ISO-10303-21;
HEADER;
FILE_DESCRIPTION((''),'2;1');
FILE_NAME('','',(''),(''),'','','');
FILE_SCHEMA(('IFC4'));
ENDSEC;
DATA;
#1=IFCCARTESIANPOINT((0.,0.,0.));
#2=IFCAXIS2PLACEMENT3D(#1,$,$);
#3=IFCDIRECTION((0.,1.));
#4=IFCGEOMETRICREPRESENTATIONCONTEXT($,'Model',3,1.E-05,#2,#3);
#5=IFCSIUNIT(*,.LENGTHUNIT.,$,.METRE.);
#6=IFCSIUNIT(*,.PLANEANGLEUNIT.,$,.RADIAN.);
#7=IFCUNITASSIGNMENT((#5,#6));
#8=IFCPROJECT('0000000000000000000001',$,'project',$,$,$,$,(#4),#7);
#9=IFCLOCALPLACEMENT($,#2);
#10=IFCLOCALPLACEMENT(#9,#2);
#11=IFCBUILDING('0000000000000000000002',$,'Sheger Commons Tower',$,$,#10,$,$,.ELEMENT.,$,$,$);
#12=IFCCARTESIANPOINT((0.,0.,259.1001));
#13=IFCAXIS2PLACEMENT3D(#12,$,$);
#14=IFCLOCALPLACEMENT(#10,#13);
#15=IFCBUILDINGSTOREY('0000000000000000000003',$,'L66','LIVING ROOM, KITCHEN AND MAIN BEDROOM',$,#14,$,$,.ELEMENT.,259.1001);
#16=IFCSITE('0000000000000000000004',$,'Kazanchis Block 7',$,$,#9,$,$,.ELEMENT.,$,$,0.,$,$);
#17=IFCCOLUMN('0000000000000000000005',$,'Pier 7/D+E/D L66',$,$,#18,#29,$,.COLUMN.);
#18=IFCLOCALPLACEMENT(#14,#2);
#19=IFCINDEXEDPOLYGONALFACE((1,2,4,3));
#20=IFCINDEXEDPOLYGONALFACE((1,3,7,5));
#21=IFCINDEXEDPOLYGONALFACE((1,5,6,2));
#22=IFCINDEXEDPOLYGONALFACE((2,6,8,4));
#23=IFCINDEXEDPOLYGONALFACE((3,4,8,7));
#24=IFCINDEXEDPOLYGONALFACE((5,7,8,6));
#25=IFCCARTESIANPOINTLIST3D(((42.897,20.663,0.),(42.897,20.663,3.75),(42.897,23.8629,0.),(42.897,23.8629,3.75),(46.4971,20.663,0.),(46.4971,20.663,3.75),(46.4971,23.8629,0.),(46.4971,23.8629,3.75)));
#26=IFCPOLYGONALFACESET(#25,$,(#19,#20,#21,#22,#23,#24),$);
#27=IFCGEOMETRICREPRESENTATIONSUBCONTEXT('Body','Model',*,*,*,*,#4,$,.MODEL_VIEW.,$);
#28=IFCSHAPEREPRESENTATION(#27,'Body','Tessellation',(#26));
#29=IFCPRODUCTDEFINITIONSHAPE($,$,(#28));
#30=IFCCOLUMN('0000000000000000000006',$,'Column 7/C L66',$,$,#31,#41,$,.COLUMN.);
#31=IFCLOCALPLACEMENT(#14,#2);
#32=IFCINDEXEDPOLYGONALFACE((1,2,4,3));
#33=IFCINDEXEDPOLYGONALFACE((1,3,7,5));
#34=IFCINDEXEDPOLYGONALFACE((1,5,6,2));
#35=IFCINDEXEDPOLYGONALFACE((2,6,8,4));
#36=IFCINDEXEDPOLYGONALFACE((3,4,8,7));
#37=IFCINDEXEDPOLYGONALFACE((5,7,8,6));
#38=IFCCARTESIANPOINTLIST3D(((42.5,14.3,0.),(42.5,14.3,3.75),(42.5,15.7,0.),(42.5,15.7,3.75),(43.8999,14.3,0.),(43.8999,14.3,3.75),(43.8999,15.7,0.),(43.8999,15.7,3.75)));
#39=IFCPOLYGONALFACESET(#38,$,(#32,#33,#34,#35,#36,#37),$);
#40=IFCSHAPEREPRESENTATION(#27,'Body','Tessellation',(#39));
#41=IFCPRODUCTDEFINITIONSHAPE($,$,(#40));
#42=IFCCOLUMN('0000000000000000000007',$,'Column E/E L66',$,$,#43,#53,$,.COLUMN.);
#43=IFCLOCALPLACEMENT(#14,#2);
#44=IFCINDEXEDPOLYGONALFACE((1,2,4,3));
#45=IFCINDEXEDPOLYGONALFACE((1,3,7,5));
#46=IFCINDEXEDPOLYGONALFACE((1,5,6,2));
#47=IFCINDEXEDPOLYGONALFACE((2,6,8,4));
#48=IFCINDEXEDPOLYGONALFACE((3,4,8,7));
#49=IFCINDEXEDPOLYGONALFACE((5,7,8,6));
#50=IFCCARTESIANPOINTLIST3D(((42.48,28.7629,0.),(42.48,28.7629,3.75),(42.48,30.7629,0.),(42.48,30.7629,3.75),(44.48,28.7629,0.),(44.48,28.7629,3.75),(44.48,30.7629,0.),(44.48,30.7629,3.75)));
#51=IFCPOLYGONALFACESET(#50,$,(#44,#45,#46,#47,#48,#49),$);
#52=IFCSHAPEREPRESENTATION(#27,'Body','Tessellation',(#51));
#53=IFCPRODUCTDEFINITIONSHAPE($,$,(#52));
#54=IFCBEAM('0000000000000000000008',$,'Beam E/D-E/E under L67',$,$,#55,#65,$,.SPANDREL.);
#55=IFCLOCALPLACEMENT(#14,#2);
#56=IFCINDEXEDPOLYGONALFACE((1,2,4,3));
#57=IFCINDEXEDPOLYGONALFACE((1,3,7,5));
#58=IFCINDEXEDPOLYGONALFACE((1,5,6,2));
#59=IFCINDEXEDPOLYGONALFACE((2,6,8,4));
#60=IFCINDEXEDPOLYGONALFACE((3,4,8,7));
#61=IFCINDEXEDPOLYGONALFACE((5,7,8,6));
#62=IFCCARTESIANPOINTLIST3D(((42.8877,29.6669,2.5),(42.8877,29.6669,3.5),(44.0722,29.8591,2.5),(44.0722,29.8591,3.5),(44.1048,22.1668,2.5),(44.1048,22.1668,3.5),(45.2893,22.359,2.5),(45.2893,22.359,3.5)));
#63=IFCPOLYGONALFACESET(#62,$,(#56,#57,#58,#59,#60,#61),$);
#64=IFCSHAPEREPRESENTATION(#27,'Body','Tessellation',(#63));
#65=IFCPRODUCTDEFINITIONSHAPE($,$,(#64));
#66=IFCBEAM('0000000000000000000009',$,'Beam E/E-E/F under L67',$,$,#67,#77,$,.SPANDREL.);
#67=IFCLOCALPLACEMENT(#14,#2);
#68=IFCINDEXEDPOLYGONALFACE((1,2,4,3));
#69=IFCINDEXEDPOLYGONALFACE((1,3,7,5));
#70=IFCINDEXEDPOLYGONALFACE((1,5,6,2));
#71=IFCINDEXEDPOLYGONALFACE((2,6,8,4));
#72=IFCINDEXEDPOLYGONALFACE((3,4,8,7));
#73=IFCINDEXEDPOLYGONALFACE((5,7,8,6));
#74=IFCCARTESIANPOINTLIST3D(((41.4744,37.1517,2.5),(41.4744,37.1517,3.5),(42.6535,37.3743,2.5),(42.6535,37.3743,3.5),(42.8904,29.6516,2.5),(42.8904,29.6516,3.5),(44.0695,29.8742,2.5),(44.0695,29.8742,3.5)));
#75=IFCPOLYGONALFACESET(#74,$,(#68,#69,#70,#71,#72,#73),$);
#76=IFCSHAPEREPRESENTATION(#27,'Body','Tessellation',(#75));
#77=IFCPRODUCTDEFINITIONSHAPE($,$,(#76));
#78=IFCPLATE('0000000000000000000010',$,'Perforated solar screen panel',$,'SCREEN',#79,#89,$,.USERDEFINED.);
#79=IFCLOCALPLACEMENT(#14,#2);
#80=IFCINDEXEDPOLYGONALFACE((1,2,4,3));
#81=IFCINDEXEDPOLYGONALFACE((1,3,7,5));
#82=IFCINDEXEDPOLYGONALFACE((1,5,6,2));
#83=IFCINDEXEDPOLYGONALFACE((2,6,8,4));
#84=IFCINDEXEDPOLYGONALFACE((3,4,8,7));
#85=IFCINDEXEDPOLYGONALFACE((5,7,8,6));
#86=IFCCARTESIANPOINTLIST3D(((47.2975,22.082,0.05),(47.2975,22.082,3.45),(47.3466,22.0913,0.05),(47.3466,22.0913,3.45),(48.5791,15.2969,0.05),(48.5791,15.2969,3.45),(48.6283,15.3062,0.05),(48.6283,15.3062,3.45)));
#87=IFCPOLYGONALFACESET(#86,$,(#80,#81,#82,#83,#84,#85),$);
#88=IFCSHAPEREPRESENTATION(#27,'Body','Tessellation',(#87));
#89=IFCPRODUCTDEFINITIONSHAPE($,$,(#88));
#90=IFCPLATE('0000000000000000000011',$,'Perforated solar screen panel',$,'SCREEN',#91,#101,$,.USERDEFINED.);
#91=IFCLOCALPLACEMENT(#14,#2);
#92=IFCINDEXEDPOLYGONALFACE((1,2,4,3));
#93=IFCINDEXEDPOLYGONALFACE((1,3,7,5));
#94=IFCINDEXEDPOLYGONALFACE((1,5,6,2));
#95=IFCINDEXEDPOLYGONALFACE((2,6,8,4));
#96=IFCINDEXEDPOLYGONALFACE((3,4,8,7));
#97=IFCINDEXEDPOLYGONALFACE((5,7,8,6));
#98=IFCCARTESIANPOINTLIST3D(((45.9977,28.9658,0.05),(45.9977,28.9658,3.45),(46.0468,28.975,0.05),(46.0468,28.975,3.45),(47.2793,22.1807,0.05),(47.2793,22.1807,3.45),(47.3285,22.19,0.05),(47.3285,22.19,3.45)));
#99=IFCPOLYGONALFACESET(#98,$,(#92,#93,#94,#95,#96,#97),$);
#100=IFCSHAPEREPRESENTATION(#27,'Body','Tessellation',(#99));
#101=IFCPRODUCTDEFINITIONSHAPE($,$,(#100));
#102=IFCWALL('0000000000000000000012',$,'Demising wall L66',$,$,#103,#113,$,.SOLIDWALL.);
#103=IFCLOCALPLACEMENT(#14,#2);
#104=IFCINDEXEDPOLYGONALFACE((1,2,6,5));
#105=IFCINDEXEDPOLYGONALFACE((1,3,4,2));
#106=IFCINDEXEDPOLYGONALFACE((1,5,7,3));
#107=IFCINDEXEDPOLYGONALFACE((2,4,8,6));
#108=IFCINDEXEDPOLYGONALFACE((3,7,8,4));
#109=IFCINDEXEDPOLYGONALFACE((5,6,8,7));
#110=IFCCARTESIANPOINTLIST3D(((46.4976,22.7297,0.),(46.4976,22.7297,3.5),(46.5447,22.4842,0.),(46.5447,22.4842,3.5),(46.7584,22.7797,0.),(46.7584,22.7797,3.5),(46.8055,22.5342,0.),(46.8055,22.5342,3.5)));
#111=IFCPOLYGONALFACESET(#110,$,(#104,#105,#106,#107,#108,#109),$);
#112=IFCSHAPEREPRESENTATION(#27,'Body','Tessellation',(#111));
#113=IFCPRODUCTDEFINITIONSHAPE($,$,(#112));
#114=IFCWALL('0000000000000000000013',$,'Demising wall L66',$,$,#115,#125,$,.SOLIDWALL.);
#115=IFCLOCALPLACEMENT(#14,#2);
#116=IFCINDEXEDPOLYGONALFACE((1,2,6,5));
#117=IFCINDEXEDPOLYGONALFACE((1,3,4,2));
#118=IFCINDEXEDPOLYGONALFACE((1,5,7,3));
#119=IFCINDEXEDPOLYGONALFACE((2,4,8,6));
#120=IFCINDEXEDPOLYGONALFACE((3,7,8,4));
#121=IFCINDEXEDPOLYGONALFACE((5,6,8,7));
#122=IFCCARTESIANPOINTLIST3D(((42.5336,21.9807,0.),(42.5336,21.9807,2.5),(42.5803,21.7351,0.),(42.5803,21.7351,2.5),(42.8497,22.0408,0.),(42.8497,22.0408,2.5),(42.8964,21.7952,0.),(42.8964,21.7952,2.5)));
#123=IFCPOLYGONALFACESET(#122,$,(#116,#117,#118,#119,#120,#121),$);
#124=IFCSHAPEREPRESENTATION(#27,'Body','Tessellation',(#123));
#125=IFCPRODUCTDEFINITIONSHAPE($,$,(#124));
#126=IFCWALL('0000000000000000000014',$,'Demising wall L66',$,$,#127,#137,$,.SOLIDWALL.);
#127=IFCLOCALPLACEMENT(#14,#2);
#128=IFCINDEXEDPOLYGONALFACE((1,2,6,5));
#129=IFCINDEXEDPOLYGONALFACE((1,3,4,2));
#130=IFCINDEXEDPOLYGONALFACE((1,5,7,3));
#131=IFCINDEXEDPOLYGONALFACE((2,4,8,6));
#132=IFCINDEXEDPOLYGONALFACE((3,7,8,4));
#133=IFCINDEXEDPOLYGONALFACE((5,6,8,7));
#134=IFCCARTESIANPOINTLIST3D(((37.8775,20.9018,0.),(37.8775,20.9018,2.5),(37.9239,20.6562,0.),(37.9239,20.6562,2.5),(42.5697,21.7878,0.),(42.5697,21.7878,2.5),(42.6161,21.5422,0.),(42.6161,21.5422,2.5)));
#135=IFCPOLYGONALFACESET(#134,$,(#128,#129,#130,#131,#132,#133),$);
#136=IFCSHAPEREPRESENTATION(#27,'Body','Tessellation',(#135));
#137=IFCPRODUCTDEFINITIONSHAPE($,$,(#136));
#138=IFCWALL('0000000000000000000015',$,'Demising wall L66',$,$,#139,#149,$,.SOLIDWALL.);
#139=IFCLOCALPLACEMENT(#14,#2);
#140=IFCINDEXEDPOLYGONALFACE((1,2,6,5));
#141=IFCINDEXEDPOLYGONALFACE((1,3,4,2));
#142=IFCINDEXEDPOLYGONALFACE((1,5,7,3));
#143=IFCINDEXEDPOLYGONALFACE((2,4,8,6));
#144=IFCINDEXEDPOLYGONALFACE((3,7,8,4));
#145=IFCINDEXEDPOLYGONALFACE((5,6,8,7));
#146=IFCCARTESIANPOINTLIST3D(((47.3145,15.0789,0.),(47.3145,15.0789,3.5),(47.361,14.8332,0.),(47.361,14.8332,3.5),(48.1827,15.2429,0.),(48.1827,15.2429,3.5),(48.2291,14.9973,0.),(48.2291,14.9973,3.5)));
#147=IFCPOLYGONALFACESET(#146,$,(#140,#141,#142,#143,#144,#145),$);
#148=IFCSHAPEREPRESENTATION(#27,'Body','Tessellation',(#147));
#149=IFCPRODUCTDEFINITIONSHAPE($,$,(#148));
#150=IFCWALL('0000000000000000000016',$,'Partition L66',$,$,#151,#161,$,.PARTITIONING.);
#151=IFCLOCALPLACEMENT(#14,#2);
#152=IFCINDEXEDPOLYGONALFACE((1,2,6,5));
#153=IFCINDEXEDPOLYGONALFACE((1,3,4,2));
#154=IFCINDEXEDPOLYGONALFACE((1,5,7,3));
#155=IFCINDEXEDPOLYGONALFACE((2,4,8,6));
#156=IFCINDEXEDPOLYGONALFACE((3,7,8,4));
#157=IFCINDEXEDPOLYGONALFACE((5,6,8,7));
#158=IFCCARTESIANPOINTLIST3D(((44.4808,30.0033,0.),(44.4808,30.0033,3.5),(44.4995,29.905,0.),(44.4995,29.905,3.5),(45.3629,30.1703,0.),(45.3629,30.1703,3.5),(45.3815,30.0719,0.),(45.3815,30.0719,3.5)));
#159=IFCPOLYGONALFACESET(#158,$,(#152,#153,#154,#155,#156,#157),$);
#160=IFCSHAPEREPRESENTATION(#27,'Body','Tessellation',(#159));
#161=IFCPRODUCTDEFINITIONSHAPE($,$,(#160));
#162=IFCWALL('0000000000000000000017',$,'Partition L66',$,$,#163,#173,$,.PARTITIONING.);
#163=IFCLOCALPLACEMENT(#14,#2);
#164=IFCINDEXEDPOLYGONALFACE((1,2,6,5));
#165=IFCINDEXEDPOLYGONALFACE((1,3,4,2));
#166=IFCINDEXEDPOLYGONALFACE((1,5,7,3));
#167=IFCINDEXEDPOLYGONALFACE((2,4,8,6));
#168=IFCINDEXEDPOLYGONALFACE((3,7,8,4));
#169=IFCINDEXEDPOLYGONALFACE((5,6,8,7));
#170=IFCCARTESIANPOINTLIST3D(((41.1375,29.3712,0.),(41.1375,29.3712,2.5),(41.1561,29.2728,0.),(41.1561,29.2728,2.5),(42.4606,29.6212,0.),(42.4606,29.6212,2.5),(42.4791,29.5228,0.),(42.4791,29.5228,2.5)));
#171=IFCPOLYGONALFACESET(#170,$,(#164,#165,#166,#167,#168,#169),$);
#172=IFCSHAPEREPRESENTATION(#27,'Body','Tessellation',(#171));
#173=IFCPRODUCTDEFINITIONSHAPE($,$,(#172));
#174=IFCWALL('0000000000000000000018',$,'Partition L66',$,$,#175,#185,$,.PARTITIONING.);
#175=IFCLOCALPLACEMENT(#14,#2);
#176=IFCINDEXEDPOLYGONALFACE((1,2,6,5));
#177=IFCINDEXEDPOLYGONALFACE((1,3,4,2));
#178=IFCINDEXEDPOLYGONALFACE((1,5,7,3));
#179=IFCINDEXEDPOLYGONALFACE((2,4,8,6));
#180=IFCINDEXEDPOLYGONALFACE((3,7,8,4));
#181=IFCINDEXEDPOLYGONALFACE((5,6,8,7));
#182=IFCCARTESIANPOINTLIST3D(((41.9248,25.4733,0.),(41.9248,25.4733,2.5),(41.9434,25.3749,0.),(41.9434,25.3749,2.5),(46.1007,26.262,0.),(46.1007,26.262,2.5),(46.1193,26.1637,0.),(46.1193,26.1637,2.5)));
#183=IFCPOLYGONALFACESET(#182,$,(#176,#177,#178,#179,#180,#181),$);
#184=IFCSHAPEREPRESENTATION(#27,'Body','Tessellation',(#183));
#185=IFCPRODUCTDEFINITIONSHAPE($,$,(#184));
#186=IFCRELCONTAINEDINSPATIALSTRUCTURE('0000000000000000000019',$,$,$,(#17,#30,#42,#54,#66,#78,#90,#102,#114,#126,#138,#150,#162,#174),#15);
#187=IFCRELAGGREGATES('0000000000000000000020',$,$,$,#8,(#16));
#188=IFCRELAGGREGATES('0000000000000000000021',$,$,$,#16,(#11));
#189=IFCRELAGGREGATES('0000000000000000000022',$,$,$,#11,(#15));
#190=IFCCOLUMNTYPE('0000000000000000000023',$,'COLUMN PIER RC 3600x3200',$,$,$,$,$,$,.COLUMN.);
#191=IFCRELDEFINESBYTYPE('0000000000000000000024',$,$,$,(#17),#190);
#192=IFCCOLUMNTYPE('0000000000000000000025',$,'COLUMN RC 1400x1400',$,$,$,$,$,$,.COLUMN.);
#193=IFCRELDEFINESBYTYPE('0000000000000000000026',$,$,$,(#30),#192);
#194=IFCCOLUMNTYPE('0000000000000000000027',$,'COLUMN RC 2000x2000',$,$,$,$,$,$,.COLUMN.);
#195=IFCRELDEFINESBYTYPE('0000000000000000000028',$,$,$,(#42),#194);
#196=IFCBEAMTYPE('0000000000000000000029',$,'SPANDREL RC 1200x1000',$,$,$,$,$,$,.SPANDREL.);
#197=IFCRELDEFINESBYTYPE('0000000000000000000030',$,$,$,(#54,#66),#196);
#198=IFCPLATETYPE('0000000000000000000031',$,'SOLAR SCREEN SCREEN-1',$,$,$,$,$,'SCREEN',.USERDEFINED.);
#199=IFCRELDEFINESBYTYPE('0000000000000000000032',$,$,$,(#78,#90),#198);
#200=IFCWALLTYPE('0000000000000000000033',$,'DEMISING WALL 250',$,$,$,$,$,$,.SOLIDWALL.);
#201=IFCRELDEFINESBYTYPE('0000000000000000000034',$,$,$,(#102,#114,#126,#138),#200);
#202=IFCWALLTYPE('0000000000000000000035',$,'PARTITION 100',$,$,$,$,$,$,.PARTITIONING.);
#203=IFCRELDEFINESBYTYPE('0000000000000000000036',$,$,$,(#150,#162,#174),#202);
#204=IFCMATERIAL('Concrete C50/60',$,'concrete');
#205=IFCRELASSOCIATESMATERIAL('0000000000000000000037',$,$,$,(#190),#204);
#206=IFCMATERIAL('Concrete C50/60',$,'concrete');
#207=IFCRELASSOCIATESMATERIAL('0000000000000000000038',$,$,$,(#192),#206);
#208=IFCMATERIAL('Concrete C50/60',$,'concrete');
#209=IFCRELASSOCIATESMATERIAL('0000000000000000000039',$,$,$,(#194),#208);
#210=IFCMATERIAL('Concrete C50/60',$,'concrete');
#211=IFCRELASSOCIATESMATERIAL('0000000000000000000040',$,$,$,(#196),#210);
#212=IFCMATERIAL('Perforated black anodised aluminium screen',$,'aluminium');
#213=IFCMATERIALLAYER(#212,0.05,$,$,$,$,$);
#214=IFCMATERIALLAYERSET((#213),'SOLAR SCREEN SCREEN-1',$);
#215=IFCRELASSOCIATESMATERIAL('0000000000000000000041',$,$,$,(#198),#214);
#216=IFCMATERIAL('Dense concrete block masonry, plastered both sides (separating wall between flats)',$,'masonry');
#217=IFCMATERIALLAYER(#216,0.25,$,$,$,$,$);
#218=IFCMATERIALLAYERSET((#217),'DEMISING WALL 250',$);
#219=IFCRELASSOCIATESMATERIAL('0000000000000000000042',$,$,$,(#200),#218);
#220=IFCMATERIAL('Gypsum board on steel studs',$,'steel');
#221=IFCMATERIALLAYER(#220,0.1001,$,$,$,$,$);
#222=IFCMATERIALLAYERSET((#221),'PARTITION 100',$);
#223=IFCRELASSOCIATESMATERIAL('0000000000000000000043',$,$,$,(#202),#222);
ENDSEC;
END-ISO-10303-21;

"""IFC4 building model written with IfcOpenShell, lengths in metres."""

from ifc_helpers import new_model, si_unit, direction, frame, frame_2d, origin, origin_2d, place, context, subcontext, project, spatial, rectangle, extrude, material, layer, layer_set, material_profile, profile_set, type_object, element, save


model = new_model("IFC4")

# Units and contexts
model_context = context("Model", 3, precision=1e-05, world=origin(), true_north=direction((0.0, 1.0)))
body_context = subcontext(model_context, "Body", "Model", "MODEL_VIEW")
ifc_project = project(units=[si_unit("LENGTHUNIT", "METRE"), si_unit("PLANEANGLEUNIT", "RADIAN")], contexts=[model_context])

# Site, building, storey
site_placement = place(None, origin())
site = spatial("IfcSite", under=ifc_project, at=site_placement, Name="Kazanchis Block 7", CompositionType="ELEMENT", RefElevation=0.0)
building_placement = place(site_placement, origin())
building = spatial("IfcBuilding", under=site, at=building_placement, Name="Sheger Commons Tower", CompositionType="ELEMENT")
storey_placement = place(building_placement, frame((0.0, 0.0, 259.1001)))
storey = spatial("IfcBuildingStorey", under=building, at=storey_placement, Name="L66", Description="LIVING ROOM, KITCHEN AND MAIN BEDROOM", CompositionType="ELEMENT", Elevation=259.1001)

# Columns
ifc_material_1 = material(Name="Concrete C50/60", Category="concrete")
ifc_material_profile_1 = material_profile(ifc_material_1, rectangle(XDim=3.6001, YDim=3.2, at=origin_2d()), Name="RC 3600x3200")
ifc_profile_set_1 = profile_set([ifc_material_profile_1], Name="Concrete C50/60")
column_type_1 = type_object("IfcColumnType", Name="COLUMN PIER RC 3600x3200", PredefinedType="COLUMN", material=ifc_profile_set_1)
column_1_placement = place(storey_placement, frame((44.697, 22.2629, 0.0), z_axis=(0.0, 0.0, 1.0), x_axis=(1.0, 0.0, 0.0)))
element("IfcColumn", 1, at=column_1_placement, inside=storey, type_object=column_type_1, Name="Pier 7/D+E/D L66", PredefinedType="COLUMN", context=body_context, shape_type="SweptSolid", body=[
    extrude(rectangle(XDim=3.6001, YDim=3.2, at=origin_2d()), origin(), (0.0, 0.0, 1.0), 3.75),
])
ifc_material_2 = material(Name="Concrete C50/60", Category="concrete")
ifc_material_profile_2 = material_profile(ifc_material_2, rectangle(XDim=1.3999, YDim=1.3999, at=origin_2d()), Name="RC 1400x1400")
ifc_profile_set_2 = profile_set([ifc_material_profile_2], Name="Concrete C50/60")
column_type_2 = type_object("IfcColumnType", Name="COLUMN RC 1400x1400", PredefinedType="COLUMN", material=ifc_profile_set_2)
column_2_placement = place(storey_placement, frame((43.2, 15.0, 0.0), z_axis=(0.0, 0.0, 1.0), x_axis=(1.0, 0.0, 0.0)))
element("IfcColumn", 2, at=column_2_placement, inside=storey, type_object=column_type_2, Name="Column 7/C L66", PredefinedType="COLUMN", context=body_context, shape_type="SweptSolid", body=[
    extrude(rectangle(XDim=1.3999, YDim=1.3999, at=origin_2d()), origin(), (0.0, 0.0, 1.0), 3.75),
])
ifc_material_3 = material(Name="Concrete C50/60", Category="concrete")
ifc_material_profile_3 = material_profile(ifc_material_3, rectangle(XDim=2.0, YDim=2.0, at=origin_2d()), Name="RC 2000x2000")
ifc_profile_set_3 = profile_set([ifc_material_profile_3], Name="Concrete C50/60")
column_type_3 = type_object("IfcColumnType", Name="COLUMN RC 2000x2000", PredefinedType="COLUMN", material=ifc_profile_set_3)
column_3_placement = place(storey_placement, frame((43.48, 29.7629, 0.0), z_axis=(0.0, 0.0, 1.0), x_axis=(1.0, 0.0, 0.0)))
element("IfcColumn", 3, at=column_3_placement, inside=storey, type_object=column_type_3, Name="Column E/E L66", PredefinedType="COLUMN", context=body_context, shape_type="SweptSolid", body=[
    extrude(rectangle(XDim=2.0, YDim=2.0, at=origin_2d()), origin(), (0.0, 0.0, 1.0), 3.75),
])

# Beams
ifc_material_4 = material(Name="Concrete C50/60", Category="concrete")
ifc_material_profile_4 = material_profile(ifc_material_4, rectangle(XDim=1.2, YDim=1.0, at=origin_2d()), Name="RC 1200x1000")
ifc_profile_set_4 = profile_set([ifc_material_profile_4], Name="Concrete C50/60")
beam_type = type_object("IfcBeamType", Name="SPANDREL RC 1200x1000", PredefinedType="SPANDREL", material=ifc_profile_set_4)
beam_1_placement = place(storey_placement, frame((44.697, 22.2629, 3.0), z_axis=(-0.160177, 0.987088, 0.0), x_axis=(-0.987088, -0.160177, 0.0)))
element("IfcBeam", 4, at=beam_1_placement, inside=storey, type_object=beam_type, Name="Beam E/D-E/E under L67", PredefinedType="SPANDREL", context=body_context, shape_type="SweptSolid", body=[
    extrude(rectangle(XDim=1.2, YDim=1.0, at=origin_2d()), origin(), (0.0, 0.0, 1.0), 7.5981),
])
beam_2_placement = place(storey_placement, frame((43.48, 29.7629, 3.0), z_axis=(-0.185524, 0.98264, 0.0), x_axis=(-0.98264, -0.185524, 0.0)))
element("IfcBeam", 5, at=beam_2_placement, inside=storey, type_object=beam_type, Name="Beam E/E-E/F under L67", PredefinedType="SPANDREL", context=body_context, shape_type="SweptSolid", body=[
    extrude(rectangle(XDim=1.2, YDim=1.0, at=origin_2d()), origin(), (0.0, 0.0, 1.0), 7.6326),
])

# Plates
ifc_material_5 = material(Name="Perforated black anodised aluminium screen", Category="aluminium")
ifc_layer_1 = layer(ifc_material_5, 0.05)
ifc_layer_set_1 = layer_set([ifc_layer_1], Name="SOLAR SCREEN SCREEN-1")
plate_type = type_object("IfcPlateType", Name="SOLAR SCREEN SCREEN-1", ElementType="SCREEN", PredefinedType="USERDEFINED", material=ifc_layer_set_1)
for number, where, z_axis, x_axis, name in (
    (6, (47.9629, 18.6941, 0.05), (0.0, 0.0, 1.0), (-0.185615, 0.982623, 0.0), "Perforated solar screen panel"),
    (7, (46.6631, 25.5779, 0.05), (0.0, 0.0, 1.0), (-0.185615, 0.982623, 0.0), "Perforated solar screen panel"),
):
    element("IfcPlate", number, at=place(storey_placement, frame(where, z_axis=z_axis, x_axis=x_axis)), inside=storey, type_object=plate_type, Name=name, ObjectType="SCREEN", PredefinedType="USERDEFINED", context=body_context, shape_type="SweptSolid", body=[
        extrude(rectangle(XDim=6.905, YDim=0.05, at=origin_2d()), origin(), (0.0, 0.0, 1.0), 3.3999),
    ])

# Walls
ifc_material_6 = material(Name="Dense concrete block masonry, plastered both sides (separating wall between flats)", Category="masonry")
ifc_layer_2 = layer(ifc_material_6, 0.25)
ifc_layer_set_2 = layer_set([ifc_layer_2], Name="DEMISING WALL 250")
wall_type_1 = type_object("IfcWallType", Name="DEMISING WALL 250", PredefinedType="SOLIDWALL", material=ifc_layer_set_2)
wall_1_placement = place(storey_placement, frame((46.782, 22.657, 0.0), z_axis=(0.0, 0.0, 1.0), x_axis=(-0.982105, -0.188336, 0.0)))
element("IfcWall", 8, at=wall_1_placement, inside=storey, type_object=wall_type_1, Name="Demising wall L66", PredefinedType="SOLIDWALL", context=body_context, shape_type="SweptSolid", body=[
    extrude(rectangle(XDim=0.2656, YDim=0.25, at=frame_2d((0.1328, 0.0))), origin(), (0.0, 0.0, 1.0), 3.5),
])
wall_2_placement = place(storey_placement, frame((42.873, 21.918, 0.0), z_axis=(0.0, 0.0, 1.0), x_axis=(-0.982431, -0.186624, 0.0)))
element("IfcWall", 9, at=wall_2_placement, inside=storey, type_object=wall_type_1, Name="Demising wall L66", PredefinedType="SOLIDWALL", context=body_context, shape_type="SweptSolid", body=[
    extrude(rectangle(XDim=0.3218, YDim=0.25, at=frame_2d((0.1609, 0.0))), origin(), (0.0, 0.0, 1.0), 2.5),
])
wall_3_placement = place(storey_placement, frame((42.593, 21.665, 0.0), z_axis=(0.0, 0.0, 1.0), x_axis=(-0.982636, -0.185545, 0.0)))
element("IfcWall", 10, at=wall_3_placement, inside=storey, type_object=wall_type_1, Name="Demising wall L66", PredefinedType="SOLIDWALL", context=body_context, shape_type="SweptSolid", body=[
    extrude(rectangle(XDim=4.7751, YDim=0.25, at=frame_2d((2.3877, 0.0))), origin(), (0.0, 0.0, 1.0), 2.5),
])
wall_4_placement = place(storey_placement, frame((48.2061, 15.1201, 0.0), z_axis=(0.0, 0.0, 1.0), x_axis=(-0.982608, -0.18569, 0.0)))
element("IfcWall", 11, at=wall_4_placement, inside=storey, type_object=wall_type_1, Name="Demising wall L66", PredefinedType="SOLIDWALL", context=body_context, shape_type="SweptSolid", body=[
    extrude(rectangle(XDim=0.8835, YDim=0.25, at=frame_2d((0.4419, 0.0))), origin(), (0.0, 0.0, 1.0), 3.5),
])
ifc_material_7 = material(Name="Gypsum board on steel studs", Category="steel")
ifc_layer_3 = layer(ifc_material_7, 0.1001)
ifc_layer_set_3 = layer_set([ifc_layer_3], Name="PARTITION 100")
wall_type_2 = type_object("IfcWallType", Name="PARTITION 100", PredefinedType="PARTITIONING", material=ifc_layer_set_3)
wall_5_placement = place(storey_placement, frame((45.3721, 30.1211, 0.0), z_axis=(0.0, 0.0, 1.0), x_axis=(-0.982547, -0.186012, 0.0)))
element("IfcWall", 12, at=wall_5_placement, inside=storey, type_object=wall_type_2, Name="Partition L66", PredefinedType="PARTITIONING", context=body_context, shape_type="SweptSolid", body=[
    extrude(rectangle(XDim=0.8977, YDim=0.1001, at=frame_2d((0.4487, 0.0))), origin(), (0.0, 0.0, 1.0), 3.5),
])
wall_6_placement = place(storey_placement, frame((42.47, 29.572, 0.0), z_axis=(0.0, 0.0, 1.0), x_axis=(-0.982611, -0.185679, 0.0)))
element("IfcWall", 13, at=wall_6_placement, inside=storey, type_object=wall_type_2, Name="Partition L66", PredefinedType="PARTITIONING", context=body_context, shape_type="SweptSolid", body=[
    extrude(rectangle(XDim=1.3464, YDim=0.1001, at=frame_2d((0.6733, 0.0))), origin(), (0.0, 0.0, 1.0), 2.5),
])
wall_7_placement = place(storey_placement, frame((46.1101, 26.2129, 0.0), z_axis=(0.0, 0.0, 1.0), x_axis=(-0.982624, -0.18561, 0.0)))
element("IfcWall", 14, at=wall_7_placement, inside=storey, type_object=wall_type_2, Name="Partition L66", PredefinedType="PARTITIONING", context=body_context, shape_type="SweptSolid", body=[
    extrude(rectangle(XDim=4.2498, YDim=0.1001, at=frame_2d((2.125, 0.0))), origin(), (0.0, 0.0, 1.0), 2.5),
])

save(model, "model.ifc")
